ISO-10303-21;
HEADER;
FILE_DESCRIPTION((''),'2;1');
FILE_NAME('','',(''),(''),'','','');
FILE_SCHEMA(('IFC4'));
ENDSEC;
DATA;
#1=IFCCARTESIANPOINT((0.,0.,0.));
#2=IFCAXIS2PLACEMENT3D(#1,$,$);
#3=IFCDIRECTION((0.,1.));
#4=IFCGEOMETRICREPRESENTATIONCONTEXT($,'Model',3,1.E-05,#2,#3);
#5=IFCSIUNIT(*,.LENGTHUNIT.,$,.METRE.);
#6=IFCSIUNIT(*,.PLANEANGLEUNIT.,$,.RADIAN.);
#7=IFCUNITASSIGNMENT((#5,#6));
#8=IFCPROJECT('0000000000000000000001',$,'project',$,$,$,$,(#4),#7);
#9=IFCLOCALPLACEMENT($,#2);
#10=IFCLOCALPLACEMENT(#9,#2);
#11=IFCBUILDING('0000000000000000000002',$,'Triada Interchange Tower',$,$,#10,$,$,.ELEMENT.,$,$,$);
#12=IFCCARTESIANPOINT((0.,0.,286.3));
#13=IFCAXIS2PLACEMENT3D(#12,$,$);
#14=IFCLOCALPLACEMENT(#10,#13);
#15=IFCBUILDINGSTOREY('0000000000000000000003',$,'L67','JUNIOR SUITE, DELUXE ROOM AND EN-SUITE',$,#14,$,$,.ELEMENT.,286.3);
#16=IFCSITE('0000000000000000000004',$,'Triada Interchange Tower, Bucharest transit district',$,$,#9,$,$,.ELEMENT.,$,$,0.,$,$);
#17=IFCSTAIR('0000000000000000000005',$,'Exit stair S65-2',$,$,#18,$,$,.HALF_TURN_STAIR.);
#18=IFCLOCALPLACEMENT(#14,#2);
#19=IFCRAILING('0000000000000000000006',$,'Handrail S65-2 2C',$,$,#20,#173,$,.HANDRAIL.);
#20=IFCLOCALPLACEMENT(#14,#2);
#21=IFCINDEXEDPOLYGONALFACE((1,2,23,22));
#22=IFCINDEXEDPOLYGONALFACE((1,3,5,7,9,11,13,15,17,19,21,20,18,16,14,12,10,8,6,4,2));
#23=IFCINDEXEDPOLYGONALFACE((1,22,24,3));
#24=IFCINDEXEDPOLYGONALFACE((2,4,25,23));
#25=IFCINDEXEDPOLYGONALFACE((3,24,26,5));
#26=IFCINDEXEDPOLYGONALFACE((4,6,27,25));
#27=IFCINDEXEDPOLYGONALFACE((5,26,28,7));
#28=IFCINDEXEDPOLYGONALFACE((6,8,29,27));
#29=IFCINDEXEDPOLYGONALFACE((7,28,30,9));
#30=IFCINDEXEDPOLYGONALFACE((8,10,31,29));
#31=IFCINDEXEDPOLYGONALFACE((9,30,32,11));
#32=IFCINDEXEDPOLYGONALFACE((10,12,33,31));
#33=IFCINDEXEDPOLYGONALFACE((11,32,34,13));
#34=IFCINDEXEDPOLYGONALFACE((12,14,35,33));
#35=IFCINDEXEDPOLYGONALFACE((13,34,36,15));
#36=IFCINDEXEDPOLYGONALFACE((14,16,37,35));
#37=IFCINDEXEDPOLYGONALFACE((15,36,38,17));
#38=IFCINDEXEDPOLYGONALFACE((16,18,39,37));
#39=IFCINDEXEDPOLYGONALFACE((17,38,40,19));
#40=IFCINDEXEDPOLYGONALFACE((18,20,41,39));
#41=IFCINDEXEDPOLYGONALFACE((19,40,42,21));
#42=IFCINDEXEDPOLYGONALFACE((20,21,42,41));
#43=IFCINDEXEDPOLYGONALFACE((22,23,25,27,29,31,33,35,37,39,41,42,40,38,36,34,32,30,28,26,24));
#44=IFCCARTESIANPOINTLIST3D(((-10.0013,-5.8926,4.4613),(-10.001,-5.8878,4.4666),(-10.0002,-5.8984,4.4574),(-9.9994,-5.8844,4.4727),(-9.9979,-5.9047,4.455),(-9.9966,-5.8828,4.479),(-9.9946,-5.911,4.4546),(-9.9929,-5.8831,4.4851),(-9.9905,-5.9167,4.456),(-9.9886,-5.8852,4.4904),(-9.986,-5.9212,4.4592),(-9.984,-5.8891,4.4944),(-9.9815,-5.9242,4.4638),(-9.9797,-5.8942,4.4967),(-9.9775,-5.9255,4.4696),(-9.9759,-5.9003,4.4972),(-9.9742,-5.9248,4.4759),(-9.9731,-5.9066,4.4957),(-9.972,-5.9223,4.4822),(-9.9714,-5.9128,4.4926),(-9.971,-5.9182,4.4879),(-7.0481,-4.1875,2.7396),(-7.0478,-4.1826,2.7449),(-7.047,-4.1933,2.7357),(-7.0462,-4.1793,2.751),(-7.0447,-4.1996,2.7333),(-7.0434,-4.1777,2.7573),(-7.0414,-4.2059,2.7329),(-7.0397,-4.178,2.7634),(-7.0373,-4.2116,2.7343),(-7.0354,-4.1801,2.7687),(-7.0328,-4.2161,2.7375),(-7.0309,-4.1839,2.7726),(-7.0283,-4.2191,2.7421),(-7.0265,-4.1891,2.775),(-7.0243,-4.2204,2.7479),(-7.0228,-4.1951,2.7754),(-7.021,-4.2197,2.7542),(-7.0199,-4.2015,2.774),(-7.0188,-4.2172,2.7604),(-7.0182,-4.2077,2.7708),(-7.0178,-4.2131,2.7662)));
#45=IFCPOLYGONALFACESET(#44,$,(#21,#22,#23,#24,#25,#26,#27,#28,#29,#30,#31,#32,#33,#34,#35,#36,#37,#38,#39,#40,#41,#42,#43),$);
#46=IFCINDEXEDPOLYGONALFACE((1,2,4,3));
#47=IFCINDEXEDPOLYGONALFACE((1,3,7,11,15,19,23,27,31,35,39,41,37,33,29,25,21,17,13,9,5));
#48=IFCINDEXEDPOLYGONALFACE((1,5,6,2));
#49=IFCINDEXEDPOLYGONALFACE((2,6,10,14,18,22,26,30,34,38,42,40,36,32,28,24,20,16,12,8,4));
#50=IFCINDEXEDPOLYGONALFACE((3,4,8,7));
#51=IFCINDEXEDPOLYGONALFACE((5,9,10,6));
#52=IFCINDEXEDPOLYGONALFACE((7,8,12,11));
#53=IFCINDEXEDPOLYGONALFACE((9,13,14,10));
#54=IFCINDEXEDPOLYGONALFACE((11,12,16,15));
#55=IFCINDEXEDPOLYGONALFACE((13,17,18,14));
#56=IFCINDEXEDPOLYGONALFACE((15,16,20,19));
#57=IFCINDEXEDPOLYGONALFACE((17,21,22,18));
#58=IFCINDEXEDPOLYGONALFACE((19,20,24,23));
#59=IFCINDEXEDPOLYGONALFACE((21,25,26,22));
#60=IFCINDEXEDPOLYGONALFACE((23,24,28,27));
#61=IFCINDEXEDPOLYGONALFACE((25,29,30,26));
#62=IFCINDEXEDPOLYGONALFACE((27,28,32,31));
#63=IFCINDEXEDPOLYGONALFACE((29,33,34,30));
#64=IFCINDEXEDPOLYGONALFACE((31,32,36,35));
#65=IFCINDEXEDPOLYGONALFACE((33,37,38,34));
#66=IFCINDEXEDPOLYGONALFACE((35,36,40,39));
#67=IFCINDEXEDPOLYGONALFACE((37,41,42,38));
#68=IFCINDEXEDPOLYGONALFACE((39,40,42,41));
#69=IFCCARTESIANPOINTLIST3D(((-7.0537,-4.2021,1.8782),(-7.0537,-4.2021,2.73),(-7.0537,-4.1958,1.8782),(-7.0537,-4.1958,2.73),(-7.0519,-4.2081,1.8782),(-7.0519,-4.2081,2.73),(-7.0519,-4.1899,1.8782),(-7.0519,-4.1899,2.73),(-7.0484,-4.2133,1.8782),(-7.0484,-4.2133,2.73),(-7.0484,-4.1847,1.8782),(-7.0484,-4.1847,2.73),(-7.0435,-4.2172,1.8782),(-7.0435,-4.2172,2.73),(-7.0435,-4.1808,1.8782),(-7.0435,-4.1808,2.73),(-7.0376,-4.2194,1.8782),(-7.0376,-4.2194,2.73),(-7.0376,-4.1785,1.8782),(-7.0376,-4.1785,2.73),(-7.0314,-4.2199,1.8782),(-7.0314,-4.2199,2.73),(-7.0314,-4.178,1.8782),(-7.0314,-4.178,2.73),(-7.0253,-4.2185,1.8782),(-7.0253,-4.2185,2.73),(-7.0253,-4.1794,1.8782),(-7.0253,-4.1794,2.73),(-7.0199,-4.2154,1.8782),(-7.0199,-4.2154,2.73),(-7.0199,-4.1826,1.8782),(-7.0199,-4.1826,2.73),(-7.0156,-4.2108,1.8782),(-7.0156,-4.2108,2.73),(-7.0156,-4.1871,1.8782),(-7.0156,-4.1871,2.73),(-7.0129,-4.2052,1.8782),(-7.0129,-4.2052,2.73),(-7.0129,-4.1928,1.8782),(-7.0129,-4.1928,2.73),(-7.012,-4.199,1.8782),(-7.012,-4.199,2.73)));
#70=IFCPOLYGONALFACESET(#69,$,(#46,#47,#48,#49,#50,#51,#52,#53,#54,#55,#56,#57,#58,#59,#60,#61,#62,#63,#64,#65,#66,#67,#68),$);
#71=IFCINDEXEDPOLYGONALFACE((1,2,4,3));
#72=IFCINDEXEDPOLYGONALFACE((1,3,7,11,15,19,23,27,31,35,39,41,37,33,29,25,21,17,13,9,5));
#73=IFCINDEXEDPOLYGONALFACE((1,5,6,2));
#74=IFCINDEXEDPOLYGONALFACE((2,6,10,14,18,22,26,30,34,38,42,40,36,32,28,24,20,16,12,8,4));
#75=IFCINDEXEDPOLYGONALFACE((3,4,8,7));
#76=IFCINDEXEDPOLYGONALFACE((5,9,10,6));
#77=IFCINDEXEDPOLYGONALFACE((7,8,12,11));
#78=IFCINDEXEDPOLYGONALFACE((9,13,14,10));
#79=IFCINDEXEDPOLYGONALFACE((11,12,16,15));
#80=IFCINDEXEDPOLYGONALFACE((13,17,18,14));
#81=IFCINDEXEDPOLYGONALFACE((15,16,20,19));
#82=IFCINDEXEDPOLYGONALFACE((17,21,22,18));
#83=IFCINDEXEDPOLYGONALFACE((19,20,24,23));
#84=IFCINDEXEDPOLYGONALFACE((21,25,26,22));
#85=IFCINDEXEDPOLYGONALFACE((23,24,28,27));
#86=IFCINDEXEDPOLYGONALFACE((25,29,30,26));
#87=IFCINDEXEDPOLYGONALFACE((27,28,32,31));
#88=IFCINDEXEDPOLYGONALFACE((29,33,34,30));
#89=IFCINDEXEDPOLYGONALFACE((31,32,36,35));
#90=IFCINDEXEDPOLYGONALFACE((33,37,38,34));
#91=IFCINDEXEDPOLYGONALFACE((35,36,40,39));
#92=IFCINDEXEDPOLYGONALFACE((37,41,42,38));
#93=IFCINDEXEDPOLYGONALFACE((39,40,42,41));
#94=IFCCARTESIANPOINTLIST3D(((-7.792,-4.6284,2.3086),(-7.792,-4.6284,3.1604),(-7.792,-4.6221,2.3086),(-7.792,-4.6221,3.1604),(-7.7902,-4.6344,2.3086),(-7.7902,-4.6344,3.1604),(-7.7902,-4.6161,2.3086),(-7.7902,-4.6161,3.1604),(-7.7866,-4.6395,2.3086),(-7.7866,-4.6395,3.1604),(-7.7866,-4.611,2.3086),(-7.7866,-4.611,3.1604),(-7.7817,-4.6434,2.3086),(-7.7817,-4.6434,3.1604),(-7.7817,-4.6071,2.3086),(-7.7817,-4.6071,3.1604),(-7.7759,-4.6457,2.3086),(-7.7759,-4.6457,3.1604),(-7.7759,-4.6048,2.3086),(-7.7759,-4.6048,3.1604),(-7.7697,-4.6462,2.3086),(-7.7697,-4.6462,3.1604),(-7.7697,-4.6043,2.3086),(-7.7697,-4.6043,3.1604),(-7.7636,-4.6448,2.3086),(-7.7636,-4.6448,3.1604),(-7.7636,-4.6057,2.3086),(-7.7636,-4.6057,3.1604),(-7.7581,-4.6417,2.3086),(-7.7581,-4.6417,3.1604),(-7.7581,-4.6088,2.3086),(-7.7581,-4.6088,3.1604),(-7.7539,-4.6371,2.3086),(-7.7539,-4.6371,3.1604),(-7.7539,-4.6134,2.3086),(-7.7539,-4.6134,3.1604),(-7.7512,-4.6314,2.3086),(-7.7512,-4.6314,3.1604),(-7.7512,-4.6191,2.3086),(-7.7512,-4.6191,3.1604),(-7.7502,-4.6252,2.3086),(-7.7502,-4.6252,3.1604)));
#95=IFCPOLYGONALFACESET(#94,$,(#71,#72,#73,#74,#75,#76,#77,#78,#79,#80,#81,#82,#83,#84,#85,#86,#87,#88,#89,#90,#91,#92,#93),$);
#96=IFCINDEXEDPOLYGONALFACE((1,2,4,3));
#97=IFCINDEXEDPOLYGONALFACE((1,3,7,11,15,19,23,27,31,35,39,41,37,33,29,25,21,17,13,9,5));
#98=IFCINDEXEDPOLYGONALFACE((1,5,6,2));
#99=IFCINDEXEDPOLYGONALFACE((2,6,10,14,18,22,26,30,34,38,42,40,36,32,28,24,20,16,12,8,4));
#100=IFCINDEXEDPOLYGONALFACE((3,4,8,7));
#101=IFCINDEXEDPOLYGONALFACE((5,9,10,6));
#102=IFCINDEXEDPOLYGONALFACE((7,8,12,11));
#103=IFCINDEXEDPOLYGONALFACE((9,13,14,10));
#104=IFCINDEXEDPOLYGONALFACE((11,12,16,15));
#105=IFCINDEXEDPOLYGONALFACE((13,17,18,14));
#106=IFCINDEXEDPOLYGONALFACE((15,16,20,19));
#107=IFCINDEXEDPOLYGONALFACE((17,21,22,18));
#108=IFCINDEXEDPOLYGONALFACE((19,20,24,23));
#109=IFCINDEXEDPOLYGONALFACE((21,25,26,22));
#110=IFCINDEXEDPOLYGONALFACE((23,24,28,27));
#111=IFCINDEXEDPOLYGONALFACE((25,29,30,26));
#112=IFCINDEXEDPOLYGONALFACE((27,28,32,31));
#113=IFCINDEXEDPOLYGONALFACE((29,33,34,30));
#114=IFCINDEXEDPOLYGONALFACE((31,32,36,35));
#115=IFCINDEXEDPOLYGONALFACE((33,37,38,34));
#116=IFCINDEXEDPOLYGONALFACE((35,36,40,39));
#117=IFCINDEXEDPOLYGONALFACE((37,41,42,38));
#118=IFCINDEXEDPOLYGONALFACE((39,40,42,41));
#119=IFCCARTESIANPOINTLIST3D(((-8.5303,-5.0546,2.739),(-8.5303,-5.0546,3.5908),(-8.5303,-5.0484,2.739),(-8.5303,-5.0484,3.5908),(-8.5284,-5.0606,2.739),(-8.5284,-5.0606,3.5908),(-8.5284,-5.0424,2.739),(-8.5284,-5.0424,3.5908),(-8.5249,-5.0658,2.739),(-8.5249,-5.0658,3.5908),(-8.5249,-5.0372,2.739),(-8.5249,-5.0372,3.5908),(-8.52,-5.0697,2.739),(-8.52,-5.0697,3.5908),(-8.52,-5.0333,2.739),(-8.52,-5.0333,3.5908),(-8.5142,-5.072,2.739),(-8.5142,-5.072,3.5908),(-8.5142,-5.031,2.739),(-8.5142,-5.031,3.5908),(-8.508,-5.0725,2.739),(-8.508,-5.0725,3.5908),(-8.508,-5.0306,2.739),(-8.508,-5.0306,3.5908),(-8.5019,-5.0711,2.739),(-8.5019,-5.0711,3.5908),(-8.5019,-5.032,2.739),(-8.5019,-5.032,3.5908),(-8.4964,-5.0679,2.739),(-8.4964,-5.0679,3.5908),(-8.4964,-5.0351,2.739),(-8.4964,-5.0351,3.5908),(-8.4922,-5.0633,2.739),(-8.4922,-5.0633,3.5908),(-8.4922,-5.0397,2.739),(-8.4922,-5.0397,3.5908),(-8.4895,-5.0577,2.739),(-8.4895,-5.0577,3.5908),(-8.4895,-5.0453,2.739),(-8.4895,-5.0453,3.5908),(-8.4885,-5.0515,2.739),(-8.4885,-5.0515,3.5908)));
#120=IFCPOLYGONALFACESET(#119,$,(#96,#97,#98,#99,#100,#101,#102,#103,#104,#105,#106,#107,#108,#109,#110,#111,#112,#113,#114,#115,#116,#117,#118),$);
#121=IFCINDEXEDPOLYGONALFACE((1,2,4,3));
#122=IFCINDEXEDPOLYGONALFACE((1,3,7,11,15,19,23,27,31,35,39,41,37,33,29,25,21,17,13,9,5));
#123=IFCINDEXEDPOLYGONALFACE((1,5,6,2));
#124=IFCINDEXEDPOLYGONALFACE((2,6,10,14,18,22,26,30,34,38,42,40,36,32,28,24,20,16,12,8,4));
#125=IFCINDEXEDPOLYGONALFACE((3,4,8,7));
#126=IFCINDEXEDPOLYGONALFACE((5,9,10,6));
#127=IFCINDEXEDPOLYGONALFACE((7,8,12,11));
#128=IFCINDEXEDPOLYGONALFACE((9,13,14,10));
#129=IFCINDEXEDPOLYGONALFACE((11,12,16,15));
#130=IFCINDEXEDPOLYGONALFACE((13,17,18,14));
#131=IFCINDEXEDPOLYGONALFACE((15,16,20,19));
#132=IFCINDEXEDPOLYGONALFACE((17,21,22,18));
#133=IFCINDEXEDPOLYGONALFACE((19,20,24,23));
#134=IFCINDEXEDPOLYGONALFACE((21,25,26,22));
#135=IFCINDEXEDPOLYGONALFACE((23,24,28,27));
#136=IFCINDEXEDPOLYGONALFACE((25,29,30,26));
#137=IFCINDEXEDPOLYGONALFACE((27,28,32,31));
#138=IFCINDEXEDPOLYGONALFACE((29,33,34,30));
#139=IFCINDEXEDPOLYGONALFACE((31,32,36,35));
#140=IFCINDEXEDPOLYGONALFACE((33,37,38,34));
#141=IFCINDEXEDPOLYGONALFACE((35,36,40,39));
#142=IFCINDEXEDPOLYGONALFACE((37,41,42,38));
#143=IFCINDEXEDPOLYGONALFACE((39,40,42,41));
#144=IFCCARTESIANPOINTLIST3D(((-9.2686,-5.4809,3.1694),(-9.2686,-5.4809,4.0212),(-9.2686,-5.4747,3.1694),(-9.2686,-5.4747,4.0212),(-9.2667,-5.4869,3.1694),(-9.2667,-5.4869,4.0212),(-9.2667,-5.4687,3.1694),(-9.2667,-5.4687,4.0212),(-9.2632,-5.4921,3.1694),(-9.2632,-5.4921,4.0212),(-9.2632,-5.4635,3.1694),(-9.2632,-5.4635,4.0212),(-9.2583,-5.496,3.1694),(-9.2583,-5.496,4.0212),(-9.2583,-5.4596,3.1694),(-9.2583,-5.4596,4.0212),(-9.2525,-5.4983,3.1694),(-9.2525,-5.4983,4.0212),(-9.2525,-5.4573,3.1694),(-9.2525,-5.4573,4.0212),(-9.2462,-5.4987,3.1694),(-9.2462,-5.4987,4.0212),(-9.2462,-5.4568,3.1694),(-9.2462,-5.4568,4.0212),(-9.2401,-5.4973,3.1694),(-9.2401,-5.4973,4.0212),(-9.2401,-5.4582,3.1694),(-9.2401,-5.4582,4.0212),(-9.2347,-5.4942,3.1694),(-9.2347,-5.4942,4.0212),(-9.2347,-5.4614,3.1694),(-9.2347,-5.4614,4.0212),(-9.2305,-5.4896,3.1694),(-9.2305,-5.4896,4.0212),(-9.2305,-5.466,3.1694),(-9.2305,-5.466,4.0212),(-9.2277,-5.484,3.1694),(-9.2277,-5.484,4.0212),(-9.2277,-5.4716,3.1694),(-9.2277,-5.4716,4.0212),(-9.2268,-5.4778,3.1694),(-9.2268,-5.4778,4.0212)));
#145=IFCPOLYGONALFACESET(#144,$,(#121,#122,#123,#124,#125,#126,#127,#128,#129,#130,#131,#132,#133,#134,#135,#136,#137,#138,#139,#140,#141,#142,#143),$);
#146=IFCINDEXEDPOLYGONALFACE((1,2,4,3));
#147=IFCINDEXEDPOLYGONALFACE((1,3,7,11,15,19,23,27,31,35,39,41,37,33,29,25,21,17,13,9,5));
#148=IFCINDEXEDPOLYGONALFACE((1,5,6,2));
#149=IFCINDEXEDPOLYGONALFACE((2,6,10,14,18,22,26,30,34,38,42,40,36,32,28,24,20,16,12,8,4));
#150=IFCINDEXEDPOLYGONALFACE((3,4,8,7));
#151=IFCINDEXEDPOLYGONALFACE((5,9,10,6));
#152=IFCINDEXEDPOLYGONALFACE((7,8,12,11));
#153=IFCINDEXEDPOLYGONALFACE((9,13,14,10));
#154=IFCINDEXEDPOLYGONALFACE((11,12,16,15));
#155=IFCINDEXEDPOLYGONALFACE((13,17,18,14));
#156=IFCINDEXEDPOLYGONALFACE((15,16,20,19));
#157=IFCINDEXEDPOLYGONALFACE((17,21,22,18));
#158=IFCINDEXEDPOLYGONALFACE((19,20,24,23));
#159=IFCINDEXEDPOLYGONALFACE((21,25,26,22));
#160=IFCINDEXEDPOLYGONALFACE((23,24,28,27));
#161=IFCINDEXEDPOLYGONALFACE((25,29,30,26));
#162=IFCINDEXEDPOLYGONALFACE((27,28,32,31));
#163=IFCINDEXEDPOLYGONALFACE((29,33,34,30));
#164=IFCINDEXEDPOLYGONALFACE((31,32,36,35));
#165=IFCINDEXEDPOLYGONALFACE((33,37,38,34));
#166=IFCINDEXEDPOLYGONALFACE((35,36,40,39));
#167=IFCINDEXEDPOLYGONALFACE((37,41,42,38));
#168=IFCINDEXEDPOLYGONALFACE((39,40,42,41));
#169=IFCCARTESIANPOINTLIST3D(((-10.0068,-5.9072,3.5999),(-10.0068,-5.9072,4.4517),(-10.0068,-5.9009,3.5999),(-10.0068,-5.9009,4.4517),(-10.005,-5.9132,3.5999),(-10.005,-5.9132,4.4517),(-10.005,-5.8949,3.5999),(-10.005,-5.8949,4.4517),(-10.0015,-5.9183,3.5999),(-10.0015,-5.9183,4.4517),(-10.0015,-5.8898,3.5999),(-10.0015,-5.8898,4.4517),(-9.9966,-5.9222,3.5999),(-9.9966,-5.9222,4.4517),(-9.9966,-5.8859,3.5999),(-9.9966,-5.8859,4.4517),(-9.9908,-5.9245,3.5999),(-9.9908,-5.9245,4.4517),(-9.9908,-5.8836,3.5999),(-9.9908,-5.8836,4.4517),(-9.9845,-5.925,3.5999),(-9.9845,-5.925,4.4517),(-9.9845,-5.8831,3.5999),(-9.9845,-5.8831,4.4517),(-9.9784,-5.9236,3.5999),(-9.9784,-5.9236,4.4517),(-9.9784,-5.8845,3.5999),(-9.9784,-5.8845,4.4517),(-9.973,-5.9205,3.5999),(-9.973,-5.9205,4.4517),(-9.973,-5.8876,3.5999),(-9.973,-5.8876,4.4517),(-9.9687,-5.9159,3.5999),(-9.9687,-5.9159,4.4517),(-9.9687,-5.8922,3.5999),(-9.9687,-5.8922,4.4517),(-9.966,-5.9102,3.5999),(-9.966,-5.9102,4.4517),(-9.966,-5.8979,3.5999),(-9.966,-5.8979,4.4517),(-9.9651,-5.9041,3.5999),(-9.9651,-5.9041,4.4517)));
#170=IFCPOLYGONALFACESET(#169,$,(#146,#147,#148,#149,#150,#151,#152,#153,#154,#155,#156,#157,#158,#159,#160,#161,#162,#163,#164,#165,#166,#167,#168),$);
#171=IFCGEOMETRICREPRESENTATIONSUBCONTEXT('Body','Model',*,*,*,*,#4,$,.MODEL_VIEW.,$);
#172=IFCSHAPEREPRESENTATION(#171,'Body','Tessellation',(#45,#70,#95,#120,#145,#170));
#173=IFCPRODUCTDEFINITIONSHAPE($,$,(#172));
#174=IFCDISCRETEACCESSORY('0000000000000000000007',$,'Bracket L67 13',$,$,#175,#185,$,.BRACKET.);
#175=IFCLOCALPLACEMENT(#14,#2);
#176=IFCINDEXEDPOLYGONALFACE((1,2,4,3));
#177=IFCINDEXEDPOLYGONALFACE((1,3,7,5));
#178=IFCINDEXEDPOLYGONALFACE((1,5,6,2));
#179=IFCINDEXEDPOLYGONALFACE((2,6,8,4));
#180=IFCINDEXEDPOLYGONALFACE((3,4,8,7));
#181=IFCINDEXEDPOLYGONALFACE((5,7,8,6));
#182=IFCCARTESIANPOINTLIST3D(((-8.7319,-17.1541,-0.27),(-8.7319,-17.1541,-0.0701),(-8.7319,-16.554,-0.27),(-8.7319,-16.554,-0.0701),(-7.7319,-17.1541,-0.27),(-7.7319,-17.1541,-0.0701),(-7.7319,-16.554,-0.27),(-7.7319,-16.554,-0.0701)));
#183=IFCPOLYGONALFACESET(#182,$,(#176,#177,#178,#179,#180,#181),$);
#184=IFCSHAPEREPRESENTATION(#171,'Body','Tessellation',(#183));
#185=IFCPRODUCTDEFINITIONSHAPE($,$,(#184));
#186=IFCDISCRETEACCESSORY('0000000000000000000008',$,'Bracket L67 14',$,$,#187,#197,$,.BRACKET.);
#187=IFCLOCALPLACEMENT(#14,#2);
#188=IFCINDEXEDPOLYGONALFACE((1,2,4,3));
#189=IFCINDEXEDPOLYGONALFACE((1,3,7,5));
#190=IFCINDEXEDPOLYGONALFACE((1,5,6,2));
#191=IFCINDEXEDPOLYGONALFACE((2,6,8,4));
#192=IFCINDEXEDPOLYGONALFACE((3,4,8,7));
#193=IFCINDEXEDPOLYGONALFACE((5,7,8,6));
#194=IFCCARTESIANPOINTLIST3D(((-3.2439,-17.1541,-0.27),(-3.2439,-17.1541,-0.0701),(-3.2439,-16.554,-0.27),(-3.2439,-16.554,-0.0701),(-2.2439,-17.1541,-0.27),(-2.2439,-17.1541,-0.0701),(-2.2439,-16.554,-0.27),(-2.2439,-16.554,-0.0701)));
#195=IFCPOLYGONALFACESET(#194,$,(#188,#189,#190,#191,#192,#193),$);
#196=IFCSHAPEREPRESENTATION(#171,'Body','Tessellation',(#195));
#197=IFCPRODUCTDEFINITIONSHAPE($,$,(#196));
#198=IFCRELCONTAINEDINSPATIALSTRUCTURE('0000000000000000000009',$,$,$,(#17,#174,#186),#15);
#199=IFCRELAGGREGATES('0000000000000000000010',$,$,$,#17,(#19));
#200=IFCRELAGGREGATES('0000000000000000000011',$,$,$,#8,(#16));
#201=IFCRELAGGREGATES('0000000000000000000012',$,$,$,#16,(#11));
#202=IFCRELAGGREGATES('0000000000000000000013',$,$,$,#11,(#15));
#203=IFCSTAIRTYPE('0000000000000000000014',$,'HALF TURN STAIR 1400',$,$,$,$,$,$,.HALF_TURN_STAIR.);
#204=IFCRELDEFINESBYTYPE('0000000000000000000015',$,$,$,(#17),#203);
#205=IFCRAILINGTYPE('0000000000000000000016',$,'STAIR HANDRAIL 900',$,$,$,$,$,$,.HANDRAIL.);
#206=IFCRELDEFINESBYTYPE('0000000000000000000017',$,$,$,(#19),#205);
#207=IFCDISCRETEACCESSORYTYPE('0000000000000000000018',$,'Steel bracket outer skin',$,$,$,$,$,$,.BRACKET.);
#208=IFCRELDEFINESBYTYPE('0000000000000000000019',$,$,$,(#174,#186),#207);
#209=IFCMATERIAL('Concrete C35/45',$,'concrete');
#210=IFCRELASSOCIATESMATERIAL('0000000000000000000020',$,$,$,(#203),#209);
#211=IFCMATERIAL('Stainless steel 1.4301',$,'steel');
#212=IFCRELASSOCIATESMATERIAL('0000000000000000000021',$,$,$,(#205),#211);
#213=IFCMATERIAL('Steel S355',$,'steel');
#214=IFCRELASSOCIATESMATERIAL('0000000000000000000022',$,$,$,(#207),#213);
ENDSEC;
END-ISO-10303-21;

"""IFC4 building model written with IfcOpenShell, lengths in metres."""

from ifc_helpers import new_model, si_unit, direction, frame, origin, origin_2d, place, context, subcontext, project, spatial, rectangle, circle, extrude, material, type_object, element, aggregate, save


model = new_model("IFC4")

# Units and contexts
model_context = context("Model", 3, precision=1e-05, world=origin(), true_north=direction((0.0, 1.0)))
body_context = subcontext(model_context, "Body", "Model", "MODEL_VIEW")
ifc_project = project(units=[si_unit("LENGTHUNIT", "METRE"), si_unit("PLANEANGLEUNIT", "RADIAN")], contexts=[model_context])

# Site, building, storey
site_placement = place(None, origin())
site = spatial("IfcSite", under=ifc_project, at=site_placement, Name="Triada Interchange Tower, Bucharest transit district", CompositionType="ELEMENT", RefElevation=0.0)
building_placement = place(site_placement, origin())
building = spatial("IfcBuilding", under=site, at=building_placement, Name="Triada Interchange Tower", CompositionType="ELEMENT")
storey_placement = place(building_placement, frame((0.0, 0.0, 286.3)))
storey = spatial("IfcBuildingStorey", under=building, at=storey_placement, Name="L67", Description="JUNIOR SUITE, DELUXE ROOM AND EN-SUITE", CompositionType="ELEMENT", Elevation=286.3)

# Stair
ifc_material_1 = material(Name="Concrete C35/45", Category="concrete")
stair_type = type_object("IfcStairType", Name="HALF TURN STAIR 1400", PredefinedType="HALF_TURN_STAIR", material=ifc_material_1)
stair_placement = place(storey_placement, origin())
stair = element("IfcStair", 1, at=stair_placement, inside=storey, type_object=stair_type, Name="Exit stair S65-2", PredefinedType="HALF_TURN_STAIR")

# Railing
ifc_material_2 = material(Name="Stainless steel 1.4301", Category="steel")
railing_type = type_object("IfcRailingType", Name="STAIR HANDRAIL 900", PredefinedType="HANDRAIL", material=ifc_material_2)
railing_1_placement = place(storey_placement, frame((-7.033, -4.199, 1.8782)))
railing_1 = element("IfcRailing", 2, at=railing_1_placement, type_object=railing_type, Name="Handrail S65-2 2C", PredefinedType="HANDRAIL", context=body_context, shape_type="SweptSolid", body=[
    extrude(circle(Radius=0.0239, at=origin_2d()), frame((0.0, 0.0, 0.876), z_axis=(-0.773069, -0.446355, 0.450701), x_axis=(0.50002, -0.866014, 0.0)), (0.0, 0.0, 1.0), 3.8201),
    extrude(circle(Radius=0.021, at=origin_2d()), origin(), (0.0, 0.0, 1.0), 0.8518),
    extrude(circle(Radius=0.021, at=origin_2d()), frame((-0.7383, -0.4263, 0.4304)), (0.0, 0.0, 1.0), 0.8518),
    extrude(circle(Radius=0.021, at=origin_2d()), frame((-1.4766, -0.8525, 0.8608)), (0.0, 0.0, 1.0), 0.8518),
    extrude(circle(Radius=0.021, at=origin_2d()), frame((-2.2148, -1.2788, 1.2913)), (0.0, 0.0, 1.0), 0.8518),
    extrude(circle(Radius=0.021, at=origin_2d()), frame((-2.9531, -1.7051, 1.7217)), (0.0, 0.0, 1.0), 0.8518),
])
aggregate(stair, [railing_1])

# Discrete accessories
ifc_material_3 = material(Name="Steel S355", Category="steel")
discrete_accessory_type = type_object("IfcDiscreteAccessoryType", Name="Steel bracket outer skin", PredefinedType="BRACKET", material=ifc_material_3)
for number, where, z_axis, x_axis, name in (
    (3, (-8.2319, -16.854, -0.27), (0.0, 0.0, 1.0), (0.0, -1.0, 0.0), "Bracket L67 13"),
    (4, (-2.7439, -16.854, -0.27), (0.0, 0.0, 1.0), (0.0, -1.0, 0.0), "Bracket L67 14"),
):
    element("IfcDiscreteAccessory", number, at=place(storey_placement, frame(where, z_axis=z_axis, x_axis=x_axis)), inside=storey, type_object=discrete_accessory_type, Name=name, PredefinedType="BRACKET", context=body_context, shape_type="SweptSolid", body=[
        extrude(rectangle(XDim=0.6001, YDim=1.0, at=origin_2d()), origin(), (0.0, 0.0, 1.0), 0.2),
    ])

save(model, "model.ifc")
